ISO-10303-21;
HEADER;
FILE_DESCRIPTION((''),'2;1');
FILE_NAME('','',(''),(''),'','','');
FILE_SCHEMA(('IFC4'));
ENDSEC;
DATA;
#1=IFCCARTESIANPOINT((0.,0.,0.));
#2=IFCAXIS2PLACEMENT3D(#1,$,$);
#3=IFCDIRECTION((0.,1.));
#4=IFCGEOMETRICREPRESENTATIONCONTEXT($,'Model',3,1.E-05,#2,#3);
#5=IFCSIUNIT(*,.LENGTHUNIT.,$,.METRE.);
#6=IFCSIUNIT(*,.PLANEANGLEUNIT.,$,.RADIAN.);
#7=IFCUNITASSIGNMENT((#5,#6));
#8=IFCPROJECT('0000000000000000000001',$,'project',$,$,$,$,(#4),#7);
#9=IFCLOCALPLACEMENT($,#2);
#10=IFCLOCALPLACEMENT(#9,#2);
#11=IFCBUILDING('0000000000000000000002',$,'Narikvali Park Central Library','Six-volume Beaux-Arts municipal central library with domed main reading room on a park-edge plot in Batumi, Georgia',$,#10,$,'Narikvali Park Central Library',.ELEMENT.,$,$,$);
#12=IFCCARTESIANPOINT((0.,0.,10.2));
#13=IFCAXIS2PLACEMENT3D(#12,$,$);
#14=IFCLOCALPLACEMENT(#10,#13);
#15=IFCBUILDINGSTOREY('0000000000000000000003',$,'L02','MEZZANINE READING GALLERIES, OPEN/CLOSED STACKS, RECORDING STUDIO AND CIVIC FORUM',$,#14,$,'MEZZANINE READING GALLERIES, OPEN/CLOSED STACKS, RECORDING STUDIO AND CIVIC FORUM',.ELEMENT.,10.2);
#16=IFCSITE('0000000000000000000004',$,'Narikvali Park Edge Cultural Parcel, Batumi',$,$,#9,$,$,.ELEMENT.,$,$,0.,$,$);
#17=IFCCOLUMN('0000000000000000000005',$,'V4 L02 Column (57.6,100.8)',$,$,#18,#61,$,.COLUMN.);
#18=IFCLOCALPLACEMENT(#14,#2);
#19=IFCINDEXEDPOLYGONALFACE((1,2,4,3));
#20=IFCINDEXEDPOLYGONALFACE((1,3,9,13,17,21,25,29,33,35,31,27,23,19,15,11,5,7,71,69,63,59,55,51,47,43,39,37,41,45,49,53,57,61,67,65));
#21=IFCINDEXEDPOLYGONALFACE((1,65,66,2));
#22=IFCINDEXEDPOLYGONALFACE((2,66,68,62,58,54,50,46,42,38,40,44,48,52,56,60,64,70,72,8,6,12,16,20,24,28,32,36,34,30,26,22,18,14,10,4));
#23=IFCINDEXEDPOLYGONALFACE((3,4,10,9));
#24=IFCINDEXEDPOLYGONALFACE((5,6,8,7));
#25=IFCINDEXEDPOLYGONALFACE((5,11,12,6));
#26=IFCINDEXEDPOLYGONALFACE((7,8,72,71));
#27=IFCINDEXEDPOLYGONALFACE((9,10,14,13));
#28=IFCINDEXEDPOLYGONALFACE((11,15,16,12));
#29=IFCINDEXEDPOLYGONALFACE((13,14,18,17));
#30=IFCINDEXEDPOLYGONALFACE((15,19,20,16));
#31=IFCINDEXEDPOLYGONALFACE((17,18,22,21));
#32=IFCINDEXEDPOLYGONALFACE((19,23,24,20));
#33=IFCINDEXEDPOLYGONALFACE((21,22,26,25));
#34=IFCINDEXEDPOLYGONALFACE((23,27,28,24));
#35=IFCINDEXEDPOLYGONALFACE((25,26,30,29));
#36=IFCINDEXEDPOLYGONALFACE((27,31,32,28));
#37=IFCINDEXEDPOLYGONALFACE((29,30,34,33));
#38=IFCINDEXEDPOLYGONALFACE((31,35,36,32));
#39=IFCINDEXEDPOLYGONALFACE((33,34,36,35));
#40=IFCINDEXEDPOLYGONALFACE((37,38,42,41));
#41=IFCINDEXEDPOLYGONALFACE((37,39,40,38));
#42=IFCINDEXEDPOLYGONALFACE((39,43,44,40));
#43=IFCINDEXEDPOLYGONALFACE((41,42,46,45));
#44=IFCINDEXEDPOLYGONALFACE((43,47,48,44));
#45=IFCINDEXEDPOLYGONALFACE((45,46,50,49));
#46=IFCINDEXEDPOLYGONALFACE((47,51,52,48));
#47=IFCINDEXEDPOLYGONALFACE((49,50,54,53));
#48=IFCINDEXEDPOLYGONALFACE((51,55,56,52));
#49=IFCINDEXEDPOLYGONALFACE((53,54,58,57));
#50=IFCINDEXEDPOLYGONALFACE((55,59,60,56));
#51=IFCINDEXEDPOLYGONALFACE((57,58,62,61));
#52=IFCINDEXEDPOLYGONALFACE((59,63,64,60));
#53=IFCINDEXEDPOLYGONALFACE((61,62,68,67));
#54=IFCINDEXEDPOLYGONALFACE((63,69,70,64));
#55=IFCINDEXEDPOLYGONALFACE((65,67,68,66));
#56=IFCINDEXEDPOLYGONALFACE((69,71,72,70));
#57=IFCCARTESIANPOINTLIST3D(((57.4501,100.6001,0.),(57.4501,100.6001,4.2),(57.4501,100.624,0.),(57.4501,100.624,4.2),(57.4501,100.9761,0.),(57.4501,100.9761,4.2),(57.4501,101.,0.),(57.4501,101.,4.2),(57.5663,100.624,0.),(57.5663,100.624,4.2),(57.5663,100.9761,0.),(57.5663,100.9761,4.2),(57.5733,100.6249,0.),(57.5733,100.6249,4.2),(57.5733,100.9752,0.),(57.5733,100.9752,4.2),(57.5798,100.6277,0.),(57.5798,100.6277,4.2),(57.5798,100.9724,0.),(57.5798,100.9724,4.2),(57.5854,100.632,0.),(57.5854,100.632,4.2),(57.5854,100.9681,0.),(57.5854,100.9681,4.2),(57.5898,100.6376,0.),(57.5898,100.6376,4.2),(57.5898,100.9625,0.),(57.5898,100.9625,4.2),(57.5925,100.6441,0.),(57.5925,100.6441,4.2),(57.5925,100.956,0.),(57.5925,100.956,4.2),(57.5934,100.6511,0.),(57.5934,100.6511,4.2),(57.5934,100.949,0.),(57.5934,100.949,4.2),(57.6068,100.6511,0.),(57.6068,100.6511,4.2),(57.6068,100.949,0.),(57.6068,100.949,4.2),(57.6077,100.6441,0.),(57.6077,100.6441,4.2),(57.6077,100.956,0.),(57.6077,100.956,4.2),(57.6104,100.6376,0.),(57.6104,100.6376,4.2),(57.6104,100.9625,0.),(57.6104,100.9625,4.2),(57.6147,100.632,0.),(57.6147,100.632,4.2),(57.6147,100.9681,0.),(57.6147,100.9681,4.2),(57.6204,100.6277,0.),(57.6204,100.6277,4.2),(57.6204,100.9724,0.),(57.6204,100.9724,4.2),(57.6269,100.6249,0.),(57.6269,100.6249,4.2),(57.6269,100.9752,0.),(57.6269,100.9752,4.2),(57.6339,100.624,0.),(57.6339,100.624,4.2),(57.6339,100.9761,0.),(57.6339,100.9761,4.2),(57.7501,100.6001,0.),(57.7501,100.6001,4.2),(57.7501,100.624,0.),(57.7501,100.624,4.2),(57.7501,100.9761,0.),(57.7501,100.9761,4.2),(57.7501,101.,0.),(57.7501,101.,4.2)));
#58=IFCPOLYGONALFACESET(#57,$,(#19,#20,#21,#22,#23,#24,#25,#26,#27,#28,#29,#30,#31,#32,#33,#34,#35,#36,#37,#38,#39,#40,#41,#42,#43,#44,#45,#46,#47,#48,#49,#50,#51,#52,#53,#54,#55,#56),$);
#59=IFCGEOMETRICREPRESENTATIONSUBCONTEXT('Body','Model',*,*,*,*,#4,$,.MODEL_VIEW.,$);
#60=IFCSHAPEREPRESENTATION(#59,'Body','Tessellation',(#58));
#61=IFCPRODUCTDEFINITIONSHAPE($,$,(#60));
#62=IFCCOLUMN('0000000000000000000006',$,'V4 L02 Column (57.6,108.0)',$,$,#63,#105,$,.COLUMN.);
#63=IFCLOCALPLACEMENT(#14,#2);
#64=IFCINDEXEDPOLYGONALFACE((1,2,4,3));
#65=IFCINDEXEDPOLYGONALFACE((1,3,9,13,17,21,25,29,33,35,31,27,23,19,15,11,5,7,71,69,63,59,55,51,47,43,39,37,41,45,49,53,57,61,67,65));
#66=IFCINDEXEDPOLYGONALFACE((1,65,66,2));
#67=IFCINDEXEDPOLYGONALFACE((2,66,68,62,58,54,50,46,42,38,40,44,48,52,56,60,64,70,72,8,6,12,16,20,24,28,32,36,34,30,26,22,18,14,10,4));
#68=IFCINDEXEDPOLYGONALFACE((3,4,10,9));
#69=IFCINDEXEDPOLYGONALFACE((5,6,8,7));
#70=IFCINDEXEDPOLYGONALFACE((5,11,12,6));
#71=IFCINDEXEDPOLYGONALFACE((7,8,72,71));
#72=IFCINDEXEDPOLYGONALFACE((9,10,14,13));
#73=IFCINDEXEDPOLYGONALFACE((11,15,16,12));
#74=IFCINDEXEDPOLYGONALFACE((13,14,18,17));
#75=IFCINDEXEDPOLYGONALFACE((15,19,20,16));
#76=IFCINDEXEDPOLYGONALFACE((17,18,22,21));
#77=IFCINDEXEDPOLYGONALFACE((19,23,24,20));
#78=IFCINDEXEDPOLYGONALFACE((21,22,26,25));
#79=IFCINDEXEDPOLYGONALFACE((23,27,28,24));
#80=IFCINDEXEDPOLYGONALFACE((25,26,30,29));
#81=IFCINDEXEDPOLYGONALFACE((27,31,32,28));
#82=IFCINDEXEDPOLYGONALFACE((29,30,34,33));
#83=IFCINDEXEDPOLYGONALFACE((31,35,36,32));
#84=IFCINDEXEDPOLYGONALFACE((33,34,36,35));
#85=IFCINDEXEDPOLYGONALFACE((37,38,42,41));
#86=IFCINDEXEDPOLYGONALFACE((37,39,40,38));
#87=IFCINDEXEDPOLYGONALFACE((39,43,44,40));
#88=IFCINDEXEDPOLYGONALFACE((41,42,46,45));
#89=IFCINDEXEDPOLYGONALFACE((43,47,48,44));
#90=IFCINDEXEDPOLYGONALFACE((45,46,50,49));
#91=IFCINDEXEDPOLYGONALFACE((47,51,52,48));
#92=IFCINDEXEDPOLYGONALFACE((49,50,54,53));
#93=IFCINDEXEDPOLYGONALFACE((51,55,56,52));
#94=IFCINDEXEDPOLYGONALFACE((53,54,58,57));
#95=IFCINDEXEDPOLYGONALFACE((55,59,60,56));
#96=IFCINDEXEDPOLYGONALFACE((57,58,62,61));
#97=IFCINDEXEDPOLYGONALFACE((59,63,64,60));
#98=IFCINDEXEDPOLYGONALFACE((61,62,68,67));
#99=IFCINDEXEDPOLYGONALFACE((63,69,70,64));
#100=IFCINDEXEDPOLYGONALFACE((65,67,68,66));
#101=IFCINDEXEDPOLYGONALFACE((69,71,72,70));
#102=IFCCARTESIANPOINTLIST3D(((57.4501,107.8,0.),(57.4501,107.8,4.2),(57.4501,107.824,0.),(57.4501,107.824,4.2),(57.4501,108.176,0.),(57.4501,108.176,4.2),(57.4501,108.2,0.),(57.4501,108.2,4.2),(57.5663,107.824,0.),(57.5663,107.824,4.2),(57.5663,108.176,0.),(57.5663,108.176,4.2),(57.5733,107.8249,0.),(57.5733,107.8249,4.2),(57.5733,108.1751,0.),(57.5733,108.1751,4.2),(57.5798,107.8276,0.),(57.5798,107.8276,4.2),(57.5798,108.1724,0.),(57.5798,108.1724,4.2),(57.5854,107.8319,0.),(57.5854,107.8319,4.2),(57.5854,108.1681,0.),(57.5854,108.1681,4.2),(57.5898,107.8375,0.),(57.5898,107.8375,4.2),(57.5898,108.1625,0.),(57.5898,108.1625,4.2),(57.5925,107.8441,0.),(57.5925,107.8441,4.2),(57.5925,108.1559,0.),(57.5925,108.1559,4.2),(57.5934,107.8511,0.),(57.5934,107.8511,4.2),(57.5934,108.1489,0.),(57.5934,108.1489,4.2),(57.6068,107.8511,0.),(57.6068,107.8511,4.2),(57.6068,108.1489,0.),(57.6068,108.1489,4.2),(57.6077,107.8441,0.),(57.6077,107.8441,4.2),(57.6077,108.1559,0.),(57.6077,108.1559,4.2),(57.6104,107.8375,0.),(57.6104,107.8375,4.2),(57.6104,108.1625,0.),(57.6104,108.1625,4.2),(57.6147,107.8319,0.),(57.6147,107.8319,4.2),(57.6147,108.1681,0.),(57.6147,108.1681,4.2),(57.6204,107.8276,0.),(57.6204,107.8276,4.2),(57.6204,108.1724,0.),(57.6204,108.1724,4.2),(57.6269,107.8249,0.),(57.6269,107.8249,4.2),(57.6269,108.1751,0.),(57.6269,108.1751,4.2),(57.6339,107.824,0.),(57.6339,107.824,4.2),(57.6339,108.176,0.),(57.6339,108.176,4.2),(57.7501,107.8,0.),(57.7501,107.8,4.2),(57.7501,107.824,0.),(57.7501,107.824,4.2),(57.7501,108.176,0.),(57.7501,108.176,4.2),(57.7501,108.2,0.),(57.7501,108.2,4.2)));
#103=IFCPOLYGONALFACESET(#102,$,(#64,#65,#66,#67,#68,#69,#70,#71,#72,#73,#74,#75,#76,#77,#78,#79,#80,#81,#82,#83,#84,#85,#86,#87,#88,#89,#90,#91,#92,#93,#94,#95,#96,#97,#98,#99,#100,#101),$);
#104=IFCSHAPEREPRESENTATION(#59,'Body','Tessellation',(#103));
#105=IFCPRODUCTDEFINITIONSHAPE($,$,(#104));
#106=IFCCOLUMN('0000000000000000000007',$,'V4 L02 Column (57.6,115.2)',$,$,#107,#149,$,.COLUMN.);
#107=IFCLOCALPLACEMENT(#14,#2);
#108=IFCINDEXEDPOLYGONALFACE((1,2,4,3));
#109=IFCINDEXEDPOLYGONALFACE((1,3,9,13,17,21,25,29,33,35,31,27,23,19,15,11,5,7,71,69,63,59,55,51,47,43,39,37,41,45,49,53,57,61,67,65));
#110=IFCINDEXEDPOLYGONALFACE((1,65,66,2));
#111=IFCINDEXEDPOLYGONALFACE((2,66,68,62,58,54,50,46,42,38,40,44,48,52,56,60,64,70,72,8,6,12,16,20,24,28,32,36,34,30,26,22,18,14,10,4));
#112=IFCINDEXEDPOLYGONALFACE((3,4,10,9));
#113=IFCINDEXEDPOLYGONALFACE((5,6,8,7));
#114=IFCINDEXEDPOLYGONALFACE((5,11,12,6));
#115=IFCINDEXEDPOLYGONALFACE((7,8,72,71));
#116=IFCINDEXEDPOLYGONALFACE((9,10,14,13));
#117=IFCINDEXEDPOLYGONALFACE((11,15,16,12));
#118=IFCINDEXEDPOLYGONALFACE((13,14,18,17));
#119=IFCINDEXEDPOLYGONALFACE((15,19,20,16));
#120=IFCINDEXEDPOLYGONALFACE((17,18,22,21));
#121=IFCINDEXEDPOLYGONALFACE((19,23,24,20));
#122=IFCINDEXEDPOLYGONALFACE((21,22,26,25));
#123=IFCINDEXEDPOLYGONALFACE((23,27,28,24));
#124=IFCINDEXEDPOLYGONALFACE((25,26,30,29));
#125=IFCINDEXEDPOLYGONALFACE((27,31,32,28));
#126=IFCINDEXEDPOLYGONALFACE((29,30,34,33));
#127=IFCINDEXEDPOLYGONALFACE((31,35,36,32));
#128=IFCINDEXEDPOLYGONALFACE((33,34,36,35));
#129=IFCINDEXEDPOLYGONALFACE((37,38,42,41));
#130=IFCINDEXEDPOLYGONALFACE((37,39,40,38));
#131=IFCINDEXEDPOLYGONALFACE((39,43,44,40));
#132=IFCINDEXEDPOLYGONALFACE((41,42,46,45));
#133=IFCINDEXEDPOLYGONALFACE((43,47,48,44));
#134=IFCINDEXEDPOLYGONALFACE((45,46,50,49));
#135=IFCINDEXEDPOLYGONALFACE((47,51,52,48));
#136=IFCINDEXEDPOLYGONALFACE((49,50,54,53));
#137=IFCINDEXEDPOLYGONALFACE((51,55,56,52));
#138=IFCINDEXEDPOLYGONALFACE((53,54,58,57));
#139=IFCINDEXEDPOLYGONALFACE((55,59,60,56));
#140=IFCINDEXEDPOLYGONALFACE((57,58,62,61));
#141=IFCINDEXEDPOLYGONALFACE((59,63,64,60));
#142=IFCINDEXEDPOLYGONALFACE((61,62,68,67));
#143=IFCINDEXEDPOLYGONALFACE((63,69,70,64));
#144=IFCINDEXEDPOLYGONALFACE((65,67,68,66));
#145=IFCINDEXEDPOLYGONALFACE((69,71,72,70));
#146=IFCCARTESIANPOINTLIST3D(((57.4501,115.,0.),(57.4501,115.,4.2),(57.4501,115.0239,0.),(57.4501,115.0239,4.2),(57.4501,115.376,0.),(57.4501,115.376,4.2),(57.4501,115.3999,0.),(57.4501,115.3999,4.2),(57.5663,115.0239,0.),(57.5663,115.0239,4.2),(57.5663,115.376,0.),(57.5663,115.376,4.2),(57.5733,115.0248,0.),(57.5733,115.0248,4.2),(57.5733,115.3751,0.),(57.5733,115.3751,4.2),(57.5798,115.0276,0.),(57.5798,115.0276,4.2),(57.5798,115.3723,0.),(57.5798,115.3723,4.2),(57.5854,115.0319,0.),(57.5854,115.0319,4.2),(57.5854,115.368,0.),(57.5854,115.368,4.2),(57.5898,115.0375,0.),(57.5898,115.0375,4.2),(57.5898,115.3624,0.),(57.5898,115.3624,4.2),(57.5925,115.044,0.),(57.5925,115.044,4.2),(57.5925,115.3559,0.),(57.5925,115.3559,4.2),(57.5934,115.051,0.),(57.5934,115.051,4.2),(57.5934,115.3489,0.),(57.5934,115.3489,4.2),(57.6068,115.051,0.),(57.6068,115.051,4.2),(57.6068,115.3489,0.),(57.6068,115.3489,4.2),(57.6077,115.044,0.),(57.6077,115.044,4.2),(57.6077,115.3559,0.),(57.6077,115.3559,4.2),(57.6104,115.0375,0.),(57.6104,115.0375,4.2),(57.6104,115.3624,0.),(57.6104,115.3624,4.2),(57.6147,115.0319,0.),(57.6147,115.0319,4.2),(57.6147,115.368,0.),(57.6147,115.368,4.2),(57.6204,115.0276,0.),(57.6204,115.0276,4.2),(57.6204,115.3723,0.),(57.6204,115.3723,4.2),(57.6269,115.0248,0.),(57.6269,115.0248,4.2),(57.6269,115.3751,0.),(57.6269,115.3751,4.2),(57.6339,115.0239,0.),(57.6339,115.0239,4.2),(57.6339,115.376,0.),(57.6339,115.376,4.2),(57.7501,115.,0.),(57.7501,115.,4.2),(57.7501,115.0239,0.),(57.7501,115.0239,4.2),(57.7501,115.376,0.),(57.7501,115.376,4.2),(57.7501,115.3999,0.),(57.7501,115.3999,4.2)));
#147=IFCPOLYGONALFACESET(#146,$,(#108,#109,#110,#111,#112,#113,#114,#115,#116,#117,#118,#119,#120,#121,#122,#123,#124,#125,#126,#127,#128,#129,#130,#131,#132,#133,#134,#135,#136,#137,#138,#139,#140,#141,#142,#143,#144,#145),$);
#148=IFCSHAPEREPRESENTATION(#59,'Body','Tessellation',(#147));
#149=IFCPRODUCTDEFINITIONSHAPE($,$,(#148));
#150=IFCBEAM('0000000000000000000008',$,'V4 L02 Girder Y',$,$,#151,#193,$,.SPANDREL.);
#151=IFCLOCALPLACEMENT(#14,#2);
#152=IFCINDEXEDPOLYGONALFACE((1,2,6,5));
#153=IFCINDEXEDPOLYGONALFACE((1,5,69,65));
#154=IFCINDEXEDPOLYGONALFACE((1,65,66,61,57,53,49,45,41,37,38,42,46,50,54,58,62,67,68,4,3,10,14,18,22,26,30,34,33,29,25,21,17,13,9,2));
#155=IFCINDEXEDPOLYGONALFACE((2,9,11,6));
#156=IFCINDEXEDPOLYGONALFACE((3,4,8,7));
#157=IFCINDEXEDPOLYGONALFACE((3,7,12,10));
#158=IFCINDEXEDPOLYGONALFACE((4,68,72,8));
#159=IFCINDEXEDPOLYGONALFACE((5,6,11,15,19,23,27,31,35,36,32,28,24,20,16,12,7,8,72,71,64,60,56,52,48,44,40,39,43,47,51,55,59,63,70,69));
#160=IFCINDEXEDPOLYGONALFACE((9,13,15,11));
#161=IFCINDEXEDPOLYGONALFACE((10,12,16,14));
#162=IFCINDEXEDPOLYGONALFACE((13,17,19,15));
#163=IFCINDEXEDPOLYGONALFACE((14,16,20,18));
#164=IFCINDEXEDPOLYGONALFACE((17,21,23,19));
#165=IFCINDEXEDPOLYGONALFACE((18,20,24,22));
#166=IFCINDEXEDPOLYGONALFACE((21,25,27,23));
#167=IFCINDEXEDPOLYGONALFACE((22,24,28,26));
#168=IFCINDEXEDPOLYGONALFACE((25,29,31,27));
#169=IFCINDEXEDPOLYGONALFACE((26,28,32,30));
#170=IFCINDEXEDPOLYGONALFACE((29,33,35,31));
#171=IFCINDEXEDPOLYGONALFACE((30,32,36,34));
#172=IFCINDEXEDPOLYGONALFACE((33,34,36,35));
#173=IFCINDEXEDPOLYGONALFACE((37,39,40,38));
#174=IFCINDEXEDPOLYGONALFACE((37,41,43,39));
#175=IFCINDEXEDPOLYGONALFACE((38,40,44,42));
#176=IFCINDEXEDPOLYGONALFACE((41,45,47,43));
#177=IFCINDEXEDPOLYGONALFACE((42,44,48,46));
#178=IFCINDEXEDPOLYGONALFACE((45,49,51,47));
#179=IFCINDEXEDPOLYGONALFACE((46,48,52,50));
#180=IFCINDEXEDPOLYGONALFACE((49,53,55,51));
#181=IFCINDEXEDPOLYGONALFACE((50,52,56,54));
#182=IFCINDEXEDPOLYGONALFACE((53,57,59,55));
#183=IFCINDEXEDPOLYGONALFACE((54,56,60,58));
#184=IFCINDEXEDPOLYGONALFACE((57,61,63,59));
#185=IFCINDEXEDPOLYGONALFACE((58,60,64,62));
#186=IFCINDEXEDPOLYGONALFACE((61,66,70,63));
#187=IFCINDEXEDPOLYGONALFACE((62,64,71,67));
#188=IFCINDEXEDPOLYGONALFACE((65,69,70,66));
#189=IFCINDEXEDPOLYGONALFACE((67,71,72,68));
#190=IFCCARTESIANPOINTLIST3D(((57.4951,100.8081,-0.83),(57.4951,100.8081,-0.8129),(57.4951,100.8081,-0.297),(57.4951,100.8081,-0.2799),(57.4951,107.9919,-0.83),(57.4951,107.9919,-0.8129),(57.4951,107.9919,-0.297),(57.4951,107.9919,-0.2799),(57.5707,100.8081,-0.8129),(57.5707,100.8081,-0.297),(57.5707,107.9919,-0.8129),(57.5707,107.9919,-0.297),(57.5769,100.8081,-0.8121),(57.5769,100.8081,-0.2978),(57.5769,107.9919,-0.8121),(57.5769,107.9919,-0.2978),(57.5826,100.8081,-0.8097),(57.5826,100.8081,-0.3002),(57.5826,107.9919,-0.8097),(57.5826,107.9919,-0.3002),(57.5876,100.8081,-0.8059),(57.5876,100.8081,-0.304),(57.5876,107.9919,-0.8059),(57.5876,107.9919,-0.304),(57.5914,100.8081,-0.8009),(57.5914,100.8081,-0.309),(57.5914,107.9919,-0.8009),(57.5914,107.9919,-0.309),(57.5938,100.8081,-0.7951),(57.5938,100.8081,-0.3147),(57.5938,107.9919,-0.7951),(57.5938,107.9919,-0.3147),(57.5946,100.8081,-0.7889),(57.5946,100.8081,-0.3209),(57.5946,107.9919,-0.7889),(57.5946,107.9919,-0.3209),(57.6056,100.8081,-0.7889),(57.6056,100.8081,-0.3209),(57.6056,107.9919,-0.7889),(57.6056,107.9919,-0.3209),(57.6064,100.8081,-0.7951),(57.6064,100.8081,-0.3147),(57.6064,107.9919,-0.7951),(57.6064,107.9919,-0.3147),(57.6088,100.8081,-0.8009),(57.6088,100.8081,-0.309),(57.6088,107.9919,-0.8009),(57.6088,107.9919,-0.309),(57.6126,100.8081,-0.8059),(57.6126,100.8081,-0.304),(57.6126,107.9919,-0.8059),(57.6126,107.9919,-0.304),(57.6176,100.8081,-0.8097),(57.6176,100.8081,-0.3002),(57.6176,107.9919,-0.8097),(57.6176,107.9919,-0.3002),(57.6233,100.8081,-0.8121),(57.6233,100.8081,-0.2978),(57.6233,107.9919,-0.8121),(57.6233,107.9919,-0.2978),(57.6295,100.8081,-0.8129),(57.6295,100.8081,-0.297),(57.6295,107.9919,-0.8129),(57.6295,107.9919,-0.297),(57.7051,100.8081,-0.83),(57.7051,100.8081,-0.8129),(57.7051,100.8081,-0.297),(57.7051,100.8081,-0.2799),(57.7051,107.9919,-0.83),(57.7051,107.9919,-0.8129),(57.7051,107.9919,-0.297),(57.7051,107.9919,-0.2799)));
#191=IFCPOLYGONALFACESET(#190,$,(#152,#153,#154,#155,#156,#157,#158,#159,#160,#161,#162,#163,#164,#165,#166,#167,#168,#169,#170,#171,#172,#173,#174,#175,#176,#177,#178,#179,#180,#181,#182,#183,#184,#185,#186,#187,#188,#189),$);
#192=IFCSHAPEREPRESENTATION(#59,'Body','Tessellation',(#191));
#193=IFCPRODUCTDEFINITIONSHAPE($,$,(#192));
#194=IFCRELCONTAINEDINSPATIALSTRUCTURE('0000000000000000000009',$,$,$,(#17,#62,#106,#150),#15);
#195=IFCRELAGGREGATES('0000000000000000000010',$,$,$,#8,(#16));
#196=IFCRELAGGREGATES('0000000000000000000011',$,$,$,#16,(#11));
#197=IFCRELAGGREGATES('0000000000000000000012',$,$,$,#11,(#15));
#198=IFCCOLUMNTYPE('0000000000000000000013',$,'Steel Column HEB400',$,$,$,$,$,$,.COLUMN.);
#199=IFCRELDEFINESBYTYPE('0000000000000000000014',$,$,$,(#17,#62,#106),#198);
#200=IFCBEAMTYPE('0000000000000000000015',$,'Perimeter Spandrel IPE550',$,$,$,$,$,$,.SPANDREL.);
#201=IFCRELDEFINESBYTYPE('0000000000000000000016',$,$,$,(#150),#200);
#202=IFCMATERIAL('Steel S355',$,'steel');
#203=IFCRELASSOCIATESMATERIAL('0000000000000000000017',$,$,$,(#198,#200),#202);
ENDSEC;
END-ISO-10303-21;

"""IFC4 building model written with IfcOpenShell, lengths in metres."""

from ifc_helpers import new_model, si_unit, direction, frame, origin, origin_2d, place, context, subcontext, project, spatial, i_section, extrude, material, material_profile, profile_set, type_object, element, save


model = new_model("IFC4")

# Units and contexts
model_context = context("Model", 3, precision=1e-05, world=origin(), true_north=direction((0.0, 1.0)))
body_context = subcontext(model_context, "Body", "Model", "MODEL_VIEW")
ifc_project = project(units=[si_unit("LENGTHUNIT", "METRE"), si_unit("PLANEANGLEUNIT", "RADIAN")], contexts=[model_context])

# Site, building, storey
site_placement = place(None, origin())
site = spatial("IfcSite", under=ifc_project, at=site_placement, Name="Narikvali Park Edge Cultural Parcel, Batumi", CompositionType="ELEMENT", RefElevation=0.0)
building_placement = place(site_placement, origin())
building = spatial("IfcBuilding", under=site, at=building_placement, Name="Narikvali Park Central Library", Description="Six-volume Beaux-Arts municipal central library with domed main reading room on a park-edge plot in Batumi, Georgia", LongName="Narikvali Park Central Library", CompositionType="ELEMENT")
storey_placement = place(building_placement, frame((0.0, 0.0, 10.2)))
storey = spatial("IfcBuildingStorey", under=building, at=storey_placement, Name="L02", Description="MEZZANINE READING GALLERIES, OPEN/CLOSED STACKS, RECORDING STUDIO AND CIVIC FORUM", LongName="MEZZANINE READING GALLERIES, OPEN/CLOSED STACKS, RECORDING STUDIO AND CIVIC FORUM", CompositionType="ELEMENT", Elevation=10.2)

# Columns
ifc_material_1 = material(Name="Steel S355", Category="steel")
ifc_material_profile_1 = material_profile(ifc_material_1, i_section(OverallWidth=0.3, OverallDepth=0.3999, WebThickness=0.0134, FlangeThickness=0.0239, FilletRadius=0.0271, at=origin_2d()), Name="HEB 400")
ifc_profile_set_1 = profile_set([ifc_material_profile_1], Name="Steel S355")
column_type = type_object("IfcColumnType", Name="Steel Column HEB400", PredefinedType="COLUMN", material=ifc_profile_set_1)
for number, where, z_axis, x_axis, name in (
    (1, (57.6001, 100.8, 0.0), (0.0, 0.0, 1.0), (1.0, 0.0, 0.0), "V4 L02 Column (57.6,100.8)"),
    (2, (57.6001, 108.0, 0.0), (0.0, 0.0, 1.0), (1.0, 0.0, 0.0), "V4 L02 Column (57.6,108.0)"),
    (3, (57.6001, 115.2, 0.0), (0.0, 0.0, 1.0), (1.0, 0.0, 0.0), "V4 L02 Column (57.6,115.2)"),
):
    element("IfcColumn", number, at=place(storey_placement, frame(where, z_axis=z_axis, x_axis=x_axis)), inside=storey, type_object=column_type, Name=name, PredefinedType="COLUMN", context=body_context, shape_type="SweptSolid", body=[
        extrude(i_section(OverallWidth=0.3, OverallDepth=0.3999, WebThickness=0.0134, FlangeThickness=0.0239, FilletRadius=0.0271, at=origin_2d()), origin(), (0.0, 0.0, 1.0), 4.2),
    ])

# Beam
ifc_material_profile_2 = material_profile(ifc_material_1, i_section(OverallWidth=0.21, OverallDepth=0.55, WebThickness=0.011, FlangeThickness=0.0171, FilletRadius=0.0239, at=origin_2d()), Name="IPE 550")
ifc_profile_set_2 = profile_set([ifc_material_profile_2], Name="Steel S355")
beam_type_1 = type_object("IfcBeamType", Name="Perimeter Spandrel IPE550", PredefinedType="SPANDREL", material=ifc_profile_set_2)
for number, where, z_axis, x_axis, name in (
    (4, (57.6001, 100.8081, -0.5549), (0.0, 1.0, 0.0), (-1.0, 0.0, 0.0), "V4 L02 Girder Y"),
):
    element("IfcBeam", number, at=place(storey_placement, frame(where, z_axis=z_axis, x_axis=x_axis)), inside=storey, type_object=beam_type_1, Name=name, PredefinedType="SPANDREL", context=body_context, shape_type="SweptSolid", body=[
        extrude(i_section(OverallWidth=0.21, OverallDepth=0.55, WebThickness=0.011, FlangeThickness=0.0171, FilletRadius=0.0239, at=origin_2d()), origin(), (0.0, 0.0, 1.0), 7.1838),
    ])

save(model, "model.ifc")
